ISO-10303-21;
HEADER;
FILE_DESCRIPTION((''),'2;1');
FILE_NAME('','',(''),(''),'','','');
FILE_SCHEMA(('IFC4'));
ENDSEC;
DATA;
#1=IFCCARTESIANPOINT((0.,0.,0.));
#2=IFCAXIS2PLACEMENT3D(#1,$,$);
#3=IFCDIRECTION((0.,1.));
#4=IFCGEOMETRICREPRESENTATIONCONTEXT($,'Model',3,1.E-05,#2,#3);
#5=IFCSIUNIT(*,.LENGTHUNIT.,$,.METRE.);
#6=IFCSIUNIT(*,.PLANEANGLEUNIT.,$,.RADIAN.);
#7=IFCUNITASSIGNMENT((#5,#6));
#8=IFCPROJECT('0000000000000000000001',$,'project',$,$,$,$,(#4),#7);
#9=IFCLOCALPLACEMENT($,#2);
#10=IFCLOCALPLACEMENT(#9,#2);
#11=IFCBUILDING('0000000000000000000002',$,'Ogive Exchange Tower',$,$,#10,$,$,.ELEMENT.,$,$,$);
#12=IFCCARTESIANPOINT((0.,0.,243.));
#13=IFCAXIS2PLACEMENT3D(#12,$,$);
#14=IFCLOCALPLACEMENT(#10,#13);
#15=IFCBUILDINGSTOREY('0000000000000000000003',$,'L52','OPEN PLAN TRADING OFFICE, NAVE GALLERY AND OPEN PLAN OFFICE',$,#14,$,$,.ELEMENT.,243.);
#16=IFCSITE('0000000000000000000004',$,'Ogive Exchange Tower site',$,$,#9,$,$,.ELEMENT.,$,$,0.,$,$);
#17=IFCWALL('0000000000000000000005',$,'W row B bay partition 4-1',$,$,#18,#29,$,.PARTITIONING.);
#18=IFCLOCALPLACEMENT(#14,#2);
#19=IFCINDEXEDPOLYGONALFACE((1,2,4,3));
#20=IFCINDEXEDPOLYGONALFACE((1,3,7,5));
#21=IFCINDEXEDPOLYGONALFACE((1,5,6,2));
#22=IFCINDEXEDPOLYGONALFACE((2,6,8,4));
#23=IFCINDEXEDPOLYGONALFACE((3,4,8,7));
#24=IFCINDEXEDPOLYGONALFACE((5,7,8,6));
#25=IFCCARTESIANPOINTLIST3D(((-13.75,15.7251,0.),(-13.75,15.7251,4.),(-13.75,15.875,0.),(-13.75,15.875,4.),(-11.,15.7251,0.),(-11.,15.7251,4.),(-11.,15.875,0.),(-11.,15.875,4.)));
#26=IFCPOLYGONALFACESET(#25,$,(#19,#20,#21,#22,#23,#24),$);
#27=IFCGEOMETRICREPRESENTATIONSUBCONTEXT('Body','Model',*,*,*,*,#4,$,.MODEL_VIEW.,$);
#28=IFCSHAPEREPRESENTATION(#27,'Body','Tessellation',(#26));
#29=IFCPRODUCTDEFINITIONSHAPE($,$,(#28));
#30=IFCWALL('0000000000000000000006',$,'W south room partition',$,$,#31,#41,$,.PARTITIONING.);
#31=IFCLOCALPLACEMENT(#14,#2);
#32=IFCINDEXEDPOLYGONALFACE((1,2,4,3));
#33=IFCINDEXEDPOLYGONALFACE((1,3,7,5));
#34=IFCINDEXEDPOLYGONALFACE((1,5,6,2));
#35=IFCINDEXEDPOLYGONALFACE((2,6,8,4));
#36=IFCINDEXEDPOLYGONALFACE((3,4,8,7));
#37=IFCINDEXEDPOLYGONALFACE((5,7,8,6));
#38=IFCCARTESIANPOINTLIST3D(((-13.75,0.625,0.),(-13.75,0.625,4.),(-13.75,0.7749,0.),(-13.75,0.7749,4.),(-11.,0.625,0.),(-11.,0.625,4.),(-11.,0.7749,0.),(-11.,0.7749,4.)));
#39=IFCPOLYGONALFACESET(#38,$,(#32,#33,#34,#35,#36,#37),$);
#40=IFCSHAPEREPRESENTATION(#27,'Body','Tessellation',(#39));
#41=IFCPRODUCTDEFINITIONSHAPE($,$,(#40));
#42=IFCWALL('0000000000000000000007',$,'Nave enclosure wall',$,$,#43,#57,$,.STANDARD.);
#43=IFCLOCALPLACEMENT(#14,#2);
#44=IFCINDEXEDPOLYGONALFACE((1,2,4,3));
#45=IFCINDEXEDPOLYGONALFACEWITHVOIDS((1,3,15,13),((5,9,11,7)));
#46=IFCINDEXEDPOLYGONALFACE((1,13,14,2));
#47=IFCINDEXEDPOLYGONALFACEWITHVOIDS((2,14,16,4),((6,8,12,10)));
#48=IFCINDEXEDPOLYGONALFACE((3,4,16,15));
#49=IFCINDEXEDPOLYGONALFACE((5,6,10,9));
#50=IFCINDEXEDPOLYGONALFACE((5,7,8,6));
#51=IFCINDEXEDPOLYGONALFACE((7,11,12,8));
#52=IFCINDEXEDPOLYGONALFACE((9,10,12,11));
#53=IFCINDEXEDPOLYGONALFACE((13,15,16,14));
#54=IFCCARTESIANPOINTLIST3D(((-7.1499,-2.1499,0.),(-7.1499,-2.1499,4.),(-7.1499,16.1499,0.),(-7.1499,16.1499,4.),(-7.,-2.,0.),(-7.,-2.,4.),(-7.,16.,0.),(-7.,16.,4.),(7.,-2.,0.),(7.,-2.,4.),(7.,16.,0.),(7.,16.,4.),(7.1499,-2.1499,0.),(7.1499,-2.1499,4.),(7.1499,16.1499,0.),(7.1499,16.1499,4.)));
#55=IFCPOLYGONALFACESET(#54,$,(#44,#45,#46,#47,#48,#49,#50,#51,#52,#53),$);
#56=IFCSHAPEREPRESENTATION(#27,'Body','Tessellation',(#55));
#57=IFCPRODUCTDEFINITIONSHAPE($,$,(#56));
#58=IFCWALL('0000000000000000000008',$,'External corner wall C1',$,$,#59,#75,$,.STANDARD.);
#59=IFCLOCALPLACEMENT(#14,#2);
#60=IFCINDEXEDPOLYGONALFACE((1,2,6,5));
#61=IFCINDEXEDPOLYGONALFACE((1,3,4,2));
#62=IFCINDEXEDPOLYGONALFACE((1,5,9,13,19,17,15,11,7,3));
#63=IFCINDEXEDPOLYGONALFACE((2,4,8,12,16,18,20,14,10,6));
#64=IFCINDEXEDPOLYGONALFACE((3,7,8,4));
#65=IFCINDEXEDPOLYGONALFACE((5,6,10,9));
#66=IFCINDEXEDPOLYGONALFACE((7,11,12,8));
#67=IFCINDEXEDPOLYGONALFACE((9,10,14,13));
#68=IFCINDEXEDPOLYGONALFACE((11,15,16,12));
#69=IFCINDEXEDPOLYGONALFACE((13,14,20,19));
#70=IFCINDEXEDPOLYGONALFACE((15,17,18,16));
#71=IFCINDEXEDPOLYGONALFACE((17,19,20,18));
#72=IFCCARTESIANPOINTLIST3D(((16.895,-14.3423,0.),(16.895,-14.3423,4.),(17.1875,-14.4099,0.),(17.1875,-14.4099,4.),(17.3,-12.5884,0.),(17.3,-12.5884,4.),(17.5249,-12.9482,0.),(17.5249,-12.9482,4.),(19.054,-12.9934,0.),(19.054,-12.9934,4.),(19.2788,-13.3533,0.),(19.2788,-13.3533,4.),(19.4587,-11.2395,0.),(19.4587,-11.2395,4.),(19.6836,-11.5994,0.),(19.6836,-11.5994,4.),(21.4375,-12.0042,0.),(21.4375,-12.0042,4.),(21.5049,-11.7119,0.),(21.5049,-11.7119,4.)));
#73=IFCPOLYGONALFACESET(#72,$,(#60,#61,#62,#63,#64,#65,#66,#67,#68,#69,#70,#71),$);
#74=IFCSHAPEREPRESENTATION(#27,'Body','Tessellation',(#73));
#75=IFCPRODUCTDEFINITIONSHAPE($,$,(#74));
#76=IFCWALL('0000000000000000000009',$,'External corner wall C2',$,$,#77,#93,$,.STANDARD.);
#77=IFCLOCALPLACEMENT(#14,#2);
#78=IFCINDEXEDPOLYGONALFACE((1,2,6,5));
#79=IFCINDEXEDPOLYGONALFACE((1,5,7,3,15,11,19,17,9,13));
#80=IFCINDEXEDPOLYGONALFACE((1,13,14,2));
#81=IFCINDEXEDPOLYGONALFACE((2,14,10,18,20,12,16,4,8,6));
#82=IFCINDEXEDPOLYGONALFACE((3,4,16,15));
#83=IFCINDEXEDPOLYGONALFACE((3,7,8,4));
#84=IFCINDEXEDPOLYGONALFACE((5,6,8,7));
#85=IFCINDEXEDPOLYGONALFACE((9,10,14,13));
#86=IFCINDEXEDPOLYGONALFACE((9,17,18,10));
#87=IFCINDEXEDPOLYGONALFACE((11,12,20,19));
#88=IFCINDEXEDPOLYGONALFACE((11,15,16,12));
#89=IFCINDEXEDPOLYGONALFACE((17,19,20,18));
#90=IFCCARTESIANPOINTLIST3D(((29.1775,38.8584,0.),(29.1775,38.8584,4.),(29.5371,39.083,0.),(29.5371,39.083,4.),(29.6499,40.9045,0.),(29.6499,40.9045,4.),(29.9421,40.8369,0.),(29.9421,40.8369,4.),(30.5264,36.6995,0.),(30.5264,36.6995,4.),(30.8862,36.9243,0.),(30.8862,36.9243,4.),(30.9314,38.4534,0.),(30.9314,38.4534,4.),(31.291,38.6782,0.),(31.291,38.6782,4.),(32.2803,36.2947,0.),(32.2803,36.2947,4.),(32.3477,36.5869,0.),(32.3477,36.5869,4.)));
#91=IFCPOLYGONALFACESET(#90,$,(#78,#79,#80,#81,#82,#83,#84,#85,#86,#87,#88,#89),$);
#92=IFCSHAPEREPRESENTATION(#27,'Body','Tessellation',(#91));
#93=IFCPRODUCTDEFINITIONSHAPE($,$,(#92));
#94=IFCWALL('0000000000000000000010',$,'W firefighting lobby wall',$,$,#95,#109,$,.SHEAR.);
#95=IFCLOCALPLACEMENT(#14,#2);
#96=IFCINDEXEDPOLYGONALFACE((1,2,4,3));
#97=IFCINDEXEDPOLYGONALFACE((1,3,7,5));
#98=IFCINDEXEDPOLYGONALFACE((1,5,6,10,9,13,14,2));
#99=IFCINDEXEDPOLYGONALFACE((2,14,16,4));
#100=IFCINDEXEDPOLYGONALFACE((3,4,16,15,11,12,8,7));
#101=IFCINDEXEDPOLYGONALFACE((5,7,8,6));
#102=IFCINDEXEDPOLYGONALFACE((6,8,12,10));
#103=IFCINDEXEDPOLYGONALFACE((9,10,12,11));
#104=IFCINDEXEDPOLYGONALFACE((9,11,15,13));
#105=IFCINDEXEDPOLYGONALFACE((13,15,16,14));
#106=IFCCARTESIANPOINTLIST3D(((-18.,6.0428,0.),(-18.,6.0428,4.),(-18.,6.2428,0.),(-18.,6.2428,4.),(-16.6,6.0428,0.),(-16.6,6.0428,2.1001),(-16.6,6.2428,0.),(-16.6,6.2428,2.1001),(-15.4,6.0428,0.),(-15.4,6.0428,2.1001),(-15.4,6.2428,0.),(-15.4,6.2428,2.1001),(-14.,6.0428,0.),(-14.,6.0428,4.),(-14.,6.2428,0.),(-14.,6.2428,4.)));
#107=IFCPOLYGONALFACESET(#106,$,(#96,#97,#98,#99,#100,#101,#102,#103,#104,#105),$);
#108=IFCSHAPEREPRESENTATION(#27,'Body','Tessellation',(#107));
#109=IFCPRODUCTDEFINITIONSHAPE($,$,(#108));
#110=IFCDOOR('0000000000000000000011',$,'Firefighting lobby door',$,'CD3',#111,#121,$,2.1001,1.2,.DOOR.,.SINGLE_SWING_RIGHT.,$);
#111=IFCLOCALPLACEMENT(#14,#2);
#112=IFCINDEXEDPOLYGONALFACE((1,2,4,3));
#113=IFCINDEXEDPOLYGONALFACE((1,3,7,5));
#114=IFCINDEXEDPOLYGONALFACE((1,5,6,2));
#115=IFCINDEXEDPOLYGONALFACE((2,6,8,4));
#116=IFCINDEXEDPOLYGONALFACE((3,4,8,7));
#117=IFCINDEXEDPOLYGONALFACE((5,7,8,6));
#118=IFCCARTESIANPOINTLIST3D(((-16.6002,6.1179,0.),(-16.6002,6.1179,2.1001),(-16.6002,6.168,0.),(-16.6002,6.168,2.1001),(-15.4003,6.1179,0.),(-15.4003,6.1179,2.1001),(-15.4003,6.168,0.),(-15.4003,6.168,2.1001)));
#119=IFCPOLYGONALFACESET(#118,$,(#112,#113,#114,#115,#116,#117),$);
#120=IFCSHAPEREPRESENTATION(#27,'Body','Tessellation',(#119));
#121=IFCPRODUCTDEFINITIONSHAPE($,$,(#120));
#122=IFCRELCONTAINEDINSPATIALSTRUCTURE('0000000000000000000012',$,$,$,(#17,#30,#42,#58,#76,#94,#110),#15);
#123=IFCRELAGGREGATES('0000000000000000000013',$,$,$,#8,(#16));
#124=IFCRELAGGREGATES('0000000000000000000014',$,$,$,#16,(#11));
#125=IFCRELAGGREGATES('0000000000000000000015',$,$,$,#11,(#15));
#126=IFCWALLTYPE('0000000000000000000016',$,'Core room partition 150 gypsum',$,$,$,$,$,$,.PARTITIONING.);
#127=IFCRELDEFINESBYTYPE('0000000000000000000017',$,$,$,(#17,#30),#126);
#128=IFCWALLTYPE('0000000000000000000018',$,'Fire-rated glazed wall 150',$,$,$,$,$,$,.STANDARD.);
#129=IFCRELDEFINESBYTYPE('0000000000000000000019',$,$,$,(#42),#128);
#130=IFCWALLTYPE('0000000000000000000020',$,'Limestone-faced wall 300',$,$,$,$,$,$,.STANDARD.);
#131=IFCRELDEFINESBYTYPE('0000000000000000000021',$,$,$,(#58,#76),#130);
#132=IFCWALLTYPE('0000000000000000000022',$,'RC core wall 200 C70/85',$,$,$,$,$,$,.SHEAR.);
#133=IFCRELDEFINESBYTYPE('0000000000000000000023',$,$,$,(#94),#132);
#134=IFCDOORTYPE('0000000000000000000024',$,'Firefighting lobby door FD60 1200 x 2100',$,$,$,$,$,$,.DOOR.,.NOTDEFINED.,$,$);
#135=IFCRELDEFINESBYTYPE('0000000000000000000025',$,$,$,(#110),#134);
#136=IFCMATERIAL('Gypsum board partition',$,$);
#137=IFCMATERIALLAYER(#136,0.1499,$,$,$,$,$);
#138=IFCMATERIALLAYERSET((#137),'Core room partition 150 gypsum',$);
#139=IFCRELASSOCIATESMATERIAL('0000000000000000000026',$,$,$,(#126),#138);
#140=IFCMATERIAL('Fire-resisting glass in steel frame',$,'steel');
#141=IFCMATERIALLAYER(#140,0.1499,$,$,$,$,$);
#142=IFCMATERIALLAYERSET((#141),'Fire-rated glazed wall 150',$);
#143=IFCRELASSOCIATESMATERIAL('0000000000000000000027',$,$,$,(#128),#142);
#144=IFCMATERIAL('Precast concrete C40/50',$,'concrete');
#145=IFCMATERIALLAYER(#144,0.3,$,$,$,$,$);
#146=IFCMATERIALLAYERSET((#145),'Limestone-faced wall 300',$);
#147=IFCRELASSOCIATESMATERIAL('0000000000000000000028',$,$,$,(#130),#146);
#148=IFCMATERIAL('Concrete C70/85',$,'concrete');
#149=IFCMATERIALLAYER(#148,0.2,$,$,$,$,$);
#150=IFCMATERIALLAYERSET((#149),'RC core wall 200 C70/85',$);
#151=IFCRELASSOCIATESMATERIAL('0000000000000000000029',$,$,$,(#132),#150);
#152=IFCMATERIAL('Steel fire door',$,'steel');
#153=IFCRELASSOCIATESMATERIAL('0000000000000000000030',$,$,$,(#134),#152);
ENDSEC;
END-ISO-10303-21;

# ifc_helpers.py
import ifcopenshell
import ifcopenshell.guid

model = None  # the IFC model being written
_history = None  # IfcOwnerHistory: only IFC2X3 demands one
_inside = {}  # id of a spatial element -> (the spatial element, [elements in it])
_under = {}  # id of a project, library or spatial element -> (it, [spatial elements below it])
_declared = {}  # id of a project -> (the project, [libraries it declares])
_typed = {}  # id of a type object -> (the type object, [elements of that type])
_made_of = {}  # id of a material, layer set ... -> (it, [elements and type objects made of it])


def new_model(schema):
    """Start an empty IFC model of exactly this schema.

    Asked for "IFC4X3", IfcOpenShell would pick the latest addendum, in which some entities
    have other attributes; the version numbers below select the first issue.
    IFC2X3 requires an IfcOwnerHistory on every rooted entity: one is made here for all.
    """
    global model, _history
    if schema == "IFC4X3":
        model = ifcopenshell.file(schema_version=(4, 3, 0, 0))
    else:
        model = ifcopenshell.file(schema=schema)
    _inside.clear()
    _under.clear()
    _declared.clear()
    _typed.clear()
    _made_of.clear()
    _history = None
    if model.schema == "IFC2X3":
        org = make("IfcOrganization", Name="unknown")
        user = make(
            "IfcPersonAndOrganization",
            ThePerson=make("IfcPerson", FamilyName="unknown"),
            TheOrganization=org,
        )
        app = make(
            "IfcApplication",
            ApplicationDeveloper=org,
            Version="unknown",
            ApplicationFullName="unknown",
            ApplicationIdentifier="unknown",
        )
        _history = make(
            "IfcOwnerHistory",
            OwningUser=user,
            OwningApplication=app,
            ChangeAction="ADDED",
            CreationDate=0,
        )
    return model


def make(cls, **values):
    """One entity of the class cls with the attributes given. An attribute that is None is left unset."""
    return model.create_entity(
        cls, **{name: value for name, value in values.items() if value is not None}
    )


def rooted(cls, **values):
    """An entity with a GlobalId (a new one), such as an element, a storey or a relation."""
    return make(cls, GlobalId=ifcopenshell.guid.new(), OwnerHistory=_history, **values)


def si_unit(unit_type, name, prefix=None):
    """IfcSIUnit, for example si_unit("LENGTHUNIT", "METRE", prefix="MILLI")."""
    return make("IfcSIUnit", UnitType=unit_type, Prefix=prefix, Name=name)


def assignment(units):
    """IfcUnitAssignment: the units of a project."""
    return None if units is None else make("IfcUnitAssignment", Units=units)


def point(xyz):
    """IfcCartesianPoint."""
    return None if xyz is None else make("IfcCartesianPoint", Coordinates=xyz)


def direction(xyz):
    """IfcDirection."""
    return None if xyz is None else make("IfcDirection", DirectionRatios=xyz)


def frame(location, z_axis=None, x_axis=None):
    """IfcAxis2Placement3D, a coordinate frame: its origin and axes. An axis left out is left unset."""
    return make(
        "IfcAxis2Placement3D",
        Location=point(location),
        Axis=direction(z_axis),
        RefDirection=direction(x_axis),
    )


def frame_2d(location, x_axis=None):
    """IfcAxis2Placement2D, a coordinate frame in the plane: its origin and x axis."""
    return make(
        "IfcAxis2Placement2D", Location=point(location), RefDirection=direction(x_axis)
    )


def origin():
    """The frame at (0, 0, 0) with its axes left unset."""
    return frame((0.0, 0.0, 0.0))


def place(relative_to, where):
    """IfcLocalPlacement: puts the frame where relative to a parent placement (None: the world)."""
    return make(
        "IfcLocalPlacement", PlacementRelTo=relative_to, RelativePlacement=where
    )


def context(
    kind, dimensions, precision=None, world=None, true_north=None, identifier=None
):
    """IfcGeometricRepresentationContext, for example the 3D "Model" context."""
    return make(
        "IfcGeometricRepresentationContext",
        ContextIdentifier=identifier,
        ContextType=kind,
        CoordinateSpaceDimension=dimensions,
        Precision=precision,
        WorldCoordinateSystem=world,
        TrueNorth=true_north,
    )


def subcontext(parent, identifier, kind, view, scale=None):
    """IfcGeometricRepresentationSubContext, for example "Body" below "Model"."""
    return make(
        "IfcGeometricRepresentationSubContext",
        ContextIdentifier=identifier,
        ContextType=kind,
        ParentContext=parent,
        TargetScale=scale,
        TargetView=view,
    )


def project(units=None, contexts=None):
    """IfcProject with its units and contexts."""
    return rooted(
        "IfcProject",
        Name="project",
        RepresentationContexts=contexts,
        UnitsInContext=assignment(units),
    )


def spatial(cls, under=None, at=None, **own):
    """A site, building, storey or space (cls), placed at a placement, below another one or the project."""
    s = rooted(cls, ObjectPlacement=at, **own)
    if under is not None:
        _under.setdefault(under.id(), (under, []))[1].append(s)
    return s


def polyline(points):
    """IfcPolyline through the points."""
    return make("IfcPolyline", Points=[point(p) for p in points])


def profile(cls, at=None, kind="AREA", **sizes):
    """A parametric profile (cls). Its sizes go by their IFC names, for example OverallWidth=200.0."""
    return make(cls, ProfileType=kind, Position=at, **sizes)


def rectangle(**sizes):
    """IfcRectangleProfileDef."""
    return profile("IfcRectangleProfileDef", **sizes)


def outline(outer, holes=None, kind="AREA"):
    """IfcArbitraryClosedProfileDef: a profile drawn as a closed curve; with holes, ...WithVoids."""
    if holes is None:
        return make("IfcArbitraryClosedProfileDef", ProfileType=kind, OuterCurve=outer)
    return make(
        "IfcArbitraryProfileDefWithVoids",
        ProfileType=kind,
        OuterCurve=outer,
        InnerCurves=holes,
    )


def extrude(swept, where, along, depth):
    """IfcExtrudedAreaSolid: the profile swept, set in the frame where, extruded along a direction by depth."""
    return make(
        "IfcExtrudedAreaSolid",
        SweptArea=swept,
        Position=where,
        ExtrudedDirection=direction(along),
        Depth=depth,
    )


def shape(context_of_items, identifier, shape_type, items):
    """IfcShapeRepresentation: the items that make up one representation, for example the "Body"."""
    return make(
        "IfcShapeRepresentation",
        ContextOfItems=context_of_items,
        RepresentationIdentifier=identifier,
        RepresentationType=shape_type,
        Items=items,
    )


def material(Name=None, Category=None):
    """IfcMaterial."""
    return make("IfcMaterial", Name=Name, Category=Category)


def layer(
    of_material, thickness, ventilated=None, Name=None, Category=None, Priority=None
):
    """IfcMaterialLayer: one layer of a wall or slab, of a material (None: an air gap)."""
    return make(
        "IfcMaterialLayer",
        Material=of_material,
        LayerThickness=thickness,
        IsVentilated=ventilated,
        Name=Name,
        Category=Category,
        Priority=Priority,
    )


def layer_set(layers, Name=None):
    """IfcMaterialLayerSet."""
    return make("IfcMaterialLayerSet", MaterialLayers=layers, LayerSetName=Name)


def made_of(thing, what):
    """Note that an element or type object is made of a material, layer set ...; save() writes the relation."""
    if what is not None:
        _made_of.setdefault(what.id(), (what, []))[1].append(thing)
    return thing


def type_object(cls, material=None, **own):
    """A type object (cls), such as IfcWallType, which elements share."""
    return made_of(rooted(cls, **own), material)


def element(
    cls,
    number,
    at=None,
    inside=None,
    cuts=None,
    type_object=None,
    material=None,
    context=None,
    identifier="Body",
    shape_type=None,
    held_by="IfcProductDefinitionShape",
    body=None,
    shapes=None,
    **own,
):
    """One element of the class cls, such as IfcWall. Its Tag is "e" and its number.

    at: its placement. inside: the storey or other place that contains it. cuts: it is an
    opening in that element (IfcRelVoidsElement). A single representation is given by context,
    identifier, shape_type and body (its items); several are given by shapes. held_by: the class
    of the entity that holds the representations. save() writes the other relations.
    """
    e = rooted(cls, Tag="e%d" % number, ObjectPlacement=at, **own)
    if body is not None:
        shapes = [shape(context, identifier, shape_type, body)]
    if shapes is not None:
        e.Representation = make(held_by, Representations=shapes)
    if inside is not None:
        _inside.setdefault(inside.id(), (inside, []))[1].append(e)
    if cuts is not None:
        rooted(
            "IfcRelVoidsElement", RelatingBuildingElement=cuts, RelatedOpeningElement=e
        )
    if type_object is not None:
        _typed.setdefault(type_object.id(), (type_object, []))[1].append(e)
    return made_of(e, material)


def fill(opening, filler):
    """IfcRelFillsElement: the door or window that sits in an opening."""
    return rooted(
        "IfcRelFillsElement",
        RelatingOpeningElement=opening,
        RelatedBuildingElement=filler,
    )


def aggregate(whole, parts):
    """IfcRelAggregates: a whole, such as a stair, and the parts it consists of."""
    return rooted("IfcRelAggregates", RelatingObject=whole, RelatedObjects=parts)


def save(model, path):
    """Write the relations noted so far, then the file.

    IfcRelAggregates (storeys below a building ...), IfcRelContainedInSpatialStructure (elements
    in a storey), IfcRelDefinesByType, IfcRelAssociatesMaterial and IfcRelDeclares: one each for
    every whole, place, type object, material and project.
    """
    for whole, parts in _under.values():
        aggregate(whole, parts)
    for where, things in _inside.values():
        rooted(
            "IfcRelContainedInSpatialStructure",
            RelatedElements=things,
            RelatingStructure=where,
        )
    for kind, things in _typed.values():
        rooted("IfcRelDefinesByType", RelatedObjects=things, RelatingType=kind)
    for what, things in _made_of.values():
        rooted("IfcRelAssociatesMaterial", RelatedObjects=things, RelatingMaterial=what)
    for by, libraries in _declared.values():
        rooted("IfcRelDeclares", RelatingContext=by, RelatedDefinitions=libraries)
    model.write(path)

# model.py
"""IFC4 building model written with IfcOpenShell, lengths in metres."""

from ifc_helpers import new_model, si_unit, direction, frame, frame_2d, origin, place, context, subcontext, project, spatial, polyline, rectangle, outline, extrude, material, layer, layer_set, type_object, element, fill, save


model = new_model("IFC4")

# Units and contexts
model_context = context("Model", 3, precision=1e-05, world=origin(), true_north=direction((0.0, 1.0)))
body_context = subcontext(model_context, "Body", "Model", "MODEL_VIEW")
ifc_project = project(units=[si_unit("LENGTHUNIT", "METRE"), si_unit("PLANEANGLEUNIT", "RADIAN")], contexts=[model_context])

# Site, building, storey
site_placement = place(None, origin())
site = spatial("IfcSite", under=ifc_project, at=site_placement, Name="Ogive Exchange Tower site", CompositionType="ELEMENT", RefElevation=0.0)
building_placement = place(site_placement, origin())
building = spatial("IfcBuilding", under=site, at=building_placement, Name="Ogive Exchange Tower", CompositionType="ELEMENT")
storey_placement = place(building_placement, frame((0.0, 0.0, 243.0)))
storey = spatial("IfcBuildingStorey", under=building, at=storey_placement, Name="L52", Description="OPEN PLAN TRADING OFFICE, NAVE GALLERY AND OPEN PLAN OFFICE", CompositionType="ELEMENT", Elevation=243.0)

# Walls
ifc_material_1 = material(Name="Gypsum board partition")
ifc_layer_1 = layer(ifc_material_1, 0.1499)
ifc_layer_set_1 = layer_set([ifc_layer_1], Name="Core room partition 150 gypsum")
wall_type_1 = type_object("IfcWallType", Name="Core room partition 150 gypsum", PredefinedType="PARTITIONING", material=ifc_layer_set_1)
for number, where, z_axis, x_axis, name in (
    (1, (-13.75, 15.8, 0.0), (0.0, 0.0, 1.0), (1.0, 0.0, 0.0), "W row B bay partition 4-1"),
    (2, (-13.75, 0.7, 0.0), (0.0, 0.0, 1.0), (1.0, 0.0, 0.0), "W south room partition"),
):
    element("IfcWall", number, at=place(storey_placement, frame(where, z_axis=z_axis, x_axis=x_axis)), inside=storey, type_object=wall_type_1, Name=name, PredefinedType="PARTITIONING", context=body_context, shape_type="SweptSolid", body=[
        extrude(rectangle(XDim=2.75, YDim=0.1499, at=frame_2d((1.375, 0.0))), origin(), (0.0, 0.0, 1.0), 4.0),
    ])
ifc_material_2 = material(Name="Fire-resisting glass in steel frame", Category="steel")
ifc_layer_2 = layer(ifc_material_2, 0.1499)
ifc_layer_set_2 = layer_set([ifc_layer_2], Name="Fire-rated glazed wall 150")
wall_type_2 = type_object("IfcWallType", Name="Fire-rated glazed wall 150", PredefinedType="STANDARD", material=ifc_layer_set_2)
wall_1_placement = place(storey_placement, origin())
element("IfcWall", 3, at=wall_1_placement, inside=storey, type_object=wall_type_2, Name="Nave enclosure wall", PredefinedType="STANDARD", context=body_context, shape_type="SweptSolid", body=[
    extrude(outline(polyline([(-7.1499, -2.1499), (7.1499, -2.1499), (7.1499, 16.1499), (-7.1499, 16.1499), (-7.1499, -2.1499)]), holes=[polyline([(-7.0, -2.0), (-7.0, 16.0), (7.0, 16.0), (7.0, -2.0), (-7.0, -2.0)])]), origin(), (0.0, 0.0, 1.0), 4.0),
])
ifc_material_3 = material(Name="Precast concrete C40/50", Category="concrete")
ifc_layer_3 = layer(ifc_material_3, 0.3)
ifc_layer_set_3 = layer_set([ifc_layer_3], Name="Limestone-faced wall 300")
wall_type_3 = type_object("IfcWallType", Name="Limestone-faced wall 300", PredefinedType="STANDARD", material=ifc_layer_set_3)
wall_2_placement = place(storey_placement, origin())
element("IfcWall", 4, at=wall_2_placement, inside=storey, type_object=wall_type_3, Name="External corner wall C1", PredefinedType="STANDARD", context=body_context, shape_type="SweptSolid", body=[
    extrude(outline(polyline([(19.054, -12.9934), (19.4587, -11.2395), (21.5049, -11.7119), (21.4375, -12.0042), (19.6836, -11.5994), (19.2788, -13.3533), (17.5249, -12.9482), (17.1875, -14.4099), (16.895, -14.3423), (17.3, -12.5884), (19.054, -12.9934)])), origin(), (0.0, 0.0, 1.0), 4.0),
])
wall_3_placement = place(storey_placement, origin())
element("IfcWall", 5, at=wall_3_placement, inside=storey, type_object=wall_type_3, Name="External corner wall C2", PredefinedType="STANDARD", context=body_context, shape_type="SweptSolid", body=[
    extrude(outline(polyline([(30.9314, 38.4534), (29.1775, 38.8584), (29.6499, 40.9045), (29.9421, 40.8369), (29.5371, 39.083), (31.291, 38.6782), (30.8862, 36.9243), (32.3477, 36.5869), (32.2803, 36.2947), (30.5264, 36.6995), (30.9314, 38.4534)])), origin(), (0.0, 0.0, 1.0), 4.0),
])

# Wall, opening, door
ifc_material_4 = material(Name="Concrete C70/85", Category="concrete")
ifc_layer_4 = layer(ifc_material_4, 0.2)
ifc_layer_set_4 = layer_set([ifc_layer_4], Name="RC core wall 200 C70/85")
wall_type_4 = type_object("IfcWallType", Name="RC core wall 200 C70/85", PredefinedType="SHEAR", material=ifc_layer_set_4)
wall_4_placement = place(storey_placement, frame((-18.0, 6.1428, 0.0), z_axis=(0.0, 0.0, 1.0), x_axis=(1.0, 0.0, 0.0)))
wall_4 = element("IfcWall", 6, at=wall_4_placement, inside=storey, type_object=wall_type_4, Name="W firefighting lobby wall", PredefinedType="SHEAR", context=body_context, shape_type="SweptSolid", body=[
    extrude(rectangle(XDim=4.0, YDim=0.2, at=frame_2d((2.0, 0.0))), origin(), (0.0, 0.0, 1.0), 4.0),
])
opening_1_placement = place(wall_4_placement, frame((1.3999, 0.0, 0.0)))
opening_1 = element("IfcOpeningElement", 7, at=opening_1_placement, cuts=wall_4, PredefinedType="OPENING", context=body_context, shape_type="SweptSolid", body=[
    extrude(rectangle(XDim=1.2, YDim=2.1001, at=frame_2d((0.6001, 1.05))), frame((0.0, 0.1099, 0.0), z_axis=(0.0, -1.0, 0.0), x_axis=(1.0, 0.0, 0.0)), (0.0, 0.0, 1.0), 0.22),
])
ifc_material_5 = material(Name="Steel fire door", Category="steel")
door_type_1 = type_object("IfcDoorType", Name="Firefighting lobby door FD60 1200 x 2100", OperationType="NOTDEFINED", PredefinedType="DOOR", material=ifc_material_5)
door_1_placement = place(opening_1_placement, frame((1.2, 0.0, 0.0), z_axis=(0.0, 0.0, 1.0), x_axis=(-1.0, 0.0, 0.0)))
door_1 = element("IfcDoor", 8, at=door_1_placement, inside=storey, type_object=door_type_1, Name="Firefighting lobby door", ObjectType="CD3", OperationType="SINGLE_SWING_RIGHT", OverallHeight=2.1001, OverallWidth=1.2, PredefinedType="DOOR", context=body_context, shape_type="SweptSolid", body=[
    extrude(rectangle(XDim=1.2, YDim=2.1001, at=frame_2d((0.6001, 1.05))), frame((0.0, 0.0249, 0.0), z_axis=(0.0, -1.0, 0.0), x_axis=(1.0, 0.0, 0.0)), (0.0, 0.0, 1.0), 0.05),
])
fill(opening_1, door_1)

save(model, "model.ifc")
